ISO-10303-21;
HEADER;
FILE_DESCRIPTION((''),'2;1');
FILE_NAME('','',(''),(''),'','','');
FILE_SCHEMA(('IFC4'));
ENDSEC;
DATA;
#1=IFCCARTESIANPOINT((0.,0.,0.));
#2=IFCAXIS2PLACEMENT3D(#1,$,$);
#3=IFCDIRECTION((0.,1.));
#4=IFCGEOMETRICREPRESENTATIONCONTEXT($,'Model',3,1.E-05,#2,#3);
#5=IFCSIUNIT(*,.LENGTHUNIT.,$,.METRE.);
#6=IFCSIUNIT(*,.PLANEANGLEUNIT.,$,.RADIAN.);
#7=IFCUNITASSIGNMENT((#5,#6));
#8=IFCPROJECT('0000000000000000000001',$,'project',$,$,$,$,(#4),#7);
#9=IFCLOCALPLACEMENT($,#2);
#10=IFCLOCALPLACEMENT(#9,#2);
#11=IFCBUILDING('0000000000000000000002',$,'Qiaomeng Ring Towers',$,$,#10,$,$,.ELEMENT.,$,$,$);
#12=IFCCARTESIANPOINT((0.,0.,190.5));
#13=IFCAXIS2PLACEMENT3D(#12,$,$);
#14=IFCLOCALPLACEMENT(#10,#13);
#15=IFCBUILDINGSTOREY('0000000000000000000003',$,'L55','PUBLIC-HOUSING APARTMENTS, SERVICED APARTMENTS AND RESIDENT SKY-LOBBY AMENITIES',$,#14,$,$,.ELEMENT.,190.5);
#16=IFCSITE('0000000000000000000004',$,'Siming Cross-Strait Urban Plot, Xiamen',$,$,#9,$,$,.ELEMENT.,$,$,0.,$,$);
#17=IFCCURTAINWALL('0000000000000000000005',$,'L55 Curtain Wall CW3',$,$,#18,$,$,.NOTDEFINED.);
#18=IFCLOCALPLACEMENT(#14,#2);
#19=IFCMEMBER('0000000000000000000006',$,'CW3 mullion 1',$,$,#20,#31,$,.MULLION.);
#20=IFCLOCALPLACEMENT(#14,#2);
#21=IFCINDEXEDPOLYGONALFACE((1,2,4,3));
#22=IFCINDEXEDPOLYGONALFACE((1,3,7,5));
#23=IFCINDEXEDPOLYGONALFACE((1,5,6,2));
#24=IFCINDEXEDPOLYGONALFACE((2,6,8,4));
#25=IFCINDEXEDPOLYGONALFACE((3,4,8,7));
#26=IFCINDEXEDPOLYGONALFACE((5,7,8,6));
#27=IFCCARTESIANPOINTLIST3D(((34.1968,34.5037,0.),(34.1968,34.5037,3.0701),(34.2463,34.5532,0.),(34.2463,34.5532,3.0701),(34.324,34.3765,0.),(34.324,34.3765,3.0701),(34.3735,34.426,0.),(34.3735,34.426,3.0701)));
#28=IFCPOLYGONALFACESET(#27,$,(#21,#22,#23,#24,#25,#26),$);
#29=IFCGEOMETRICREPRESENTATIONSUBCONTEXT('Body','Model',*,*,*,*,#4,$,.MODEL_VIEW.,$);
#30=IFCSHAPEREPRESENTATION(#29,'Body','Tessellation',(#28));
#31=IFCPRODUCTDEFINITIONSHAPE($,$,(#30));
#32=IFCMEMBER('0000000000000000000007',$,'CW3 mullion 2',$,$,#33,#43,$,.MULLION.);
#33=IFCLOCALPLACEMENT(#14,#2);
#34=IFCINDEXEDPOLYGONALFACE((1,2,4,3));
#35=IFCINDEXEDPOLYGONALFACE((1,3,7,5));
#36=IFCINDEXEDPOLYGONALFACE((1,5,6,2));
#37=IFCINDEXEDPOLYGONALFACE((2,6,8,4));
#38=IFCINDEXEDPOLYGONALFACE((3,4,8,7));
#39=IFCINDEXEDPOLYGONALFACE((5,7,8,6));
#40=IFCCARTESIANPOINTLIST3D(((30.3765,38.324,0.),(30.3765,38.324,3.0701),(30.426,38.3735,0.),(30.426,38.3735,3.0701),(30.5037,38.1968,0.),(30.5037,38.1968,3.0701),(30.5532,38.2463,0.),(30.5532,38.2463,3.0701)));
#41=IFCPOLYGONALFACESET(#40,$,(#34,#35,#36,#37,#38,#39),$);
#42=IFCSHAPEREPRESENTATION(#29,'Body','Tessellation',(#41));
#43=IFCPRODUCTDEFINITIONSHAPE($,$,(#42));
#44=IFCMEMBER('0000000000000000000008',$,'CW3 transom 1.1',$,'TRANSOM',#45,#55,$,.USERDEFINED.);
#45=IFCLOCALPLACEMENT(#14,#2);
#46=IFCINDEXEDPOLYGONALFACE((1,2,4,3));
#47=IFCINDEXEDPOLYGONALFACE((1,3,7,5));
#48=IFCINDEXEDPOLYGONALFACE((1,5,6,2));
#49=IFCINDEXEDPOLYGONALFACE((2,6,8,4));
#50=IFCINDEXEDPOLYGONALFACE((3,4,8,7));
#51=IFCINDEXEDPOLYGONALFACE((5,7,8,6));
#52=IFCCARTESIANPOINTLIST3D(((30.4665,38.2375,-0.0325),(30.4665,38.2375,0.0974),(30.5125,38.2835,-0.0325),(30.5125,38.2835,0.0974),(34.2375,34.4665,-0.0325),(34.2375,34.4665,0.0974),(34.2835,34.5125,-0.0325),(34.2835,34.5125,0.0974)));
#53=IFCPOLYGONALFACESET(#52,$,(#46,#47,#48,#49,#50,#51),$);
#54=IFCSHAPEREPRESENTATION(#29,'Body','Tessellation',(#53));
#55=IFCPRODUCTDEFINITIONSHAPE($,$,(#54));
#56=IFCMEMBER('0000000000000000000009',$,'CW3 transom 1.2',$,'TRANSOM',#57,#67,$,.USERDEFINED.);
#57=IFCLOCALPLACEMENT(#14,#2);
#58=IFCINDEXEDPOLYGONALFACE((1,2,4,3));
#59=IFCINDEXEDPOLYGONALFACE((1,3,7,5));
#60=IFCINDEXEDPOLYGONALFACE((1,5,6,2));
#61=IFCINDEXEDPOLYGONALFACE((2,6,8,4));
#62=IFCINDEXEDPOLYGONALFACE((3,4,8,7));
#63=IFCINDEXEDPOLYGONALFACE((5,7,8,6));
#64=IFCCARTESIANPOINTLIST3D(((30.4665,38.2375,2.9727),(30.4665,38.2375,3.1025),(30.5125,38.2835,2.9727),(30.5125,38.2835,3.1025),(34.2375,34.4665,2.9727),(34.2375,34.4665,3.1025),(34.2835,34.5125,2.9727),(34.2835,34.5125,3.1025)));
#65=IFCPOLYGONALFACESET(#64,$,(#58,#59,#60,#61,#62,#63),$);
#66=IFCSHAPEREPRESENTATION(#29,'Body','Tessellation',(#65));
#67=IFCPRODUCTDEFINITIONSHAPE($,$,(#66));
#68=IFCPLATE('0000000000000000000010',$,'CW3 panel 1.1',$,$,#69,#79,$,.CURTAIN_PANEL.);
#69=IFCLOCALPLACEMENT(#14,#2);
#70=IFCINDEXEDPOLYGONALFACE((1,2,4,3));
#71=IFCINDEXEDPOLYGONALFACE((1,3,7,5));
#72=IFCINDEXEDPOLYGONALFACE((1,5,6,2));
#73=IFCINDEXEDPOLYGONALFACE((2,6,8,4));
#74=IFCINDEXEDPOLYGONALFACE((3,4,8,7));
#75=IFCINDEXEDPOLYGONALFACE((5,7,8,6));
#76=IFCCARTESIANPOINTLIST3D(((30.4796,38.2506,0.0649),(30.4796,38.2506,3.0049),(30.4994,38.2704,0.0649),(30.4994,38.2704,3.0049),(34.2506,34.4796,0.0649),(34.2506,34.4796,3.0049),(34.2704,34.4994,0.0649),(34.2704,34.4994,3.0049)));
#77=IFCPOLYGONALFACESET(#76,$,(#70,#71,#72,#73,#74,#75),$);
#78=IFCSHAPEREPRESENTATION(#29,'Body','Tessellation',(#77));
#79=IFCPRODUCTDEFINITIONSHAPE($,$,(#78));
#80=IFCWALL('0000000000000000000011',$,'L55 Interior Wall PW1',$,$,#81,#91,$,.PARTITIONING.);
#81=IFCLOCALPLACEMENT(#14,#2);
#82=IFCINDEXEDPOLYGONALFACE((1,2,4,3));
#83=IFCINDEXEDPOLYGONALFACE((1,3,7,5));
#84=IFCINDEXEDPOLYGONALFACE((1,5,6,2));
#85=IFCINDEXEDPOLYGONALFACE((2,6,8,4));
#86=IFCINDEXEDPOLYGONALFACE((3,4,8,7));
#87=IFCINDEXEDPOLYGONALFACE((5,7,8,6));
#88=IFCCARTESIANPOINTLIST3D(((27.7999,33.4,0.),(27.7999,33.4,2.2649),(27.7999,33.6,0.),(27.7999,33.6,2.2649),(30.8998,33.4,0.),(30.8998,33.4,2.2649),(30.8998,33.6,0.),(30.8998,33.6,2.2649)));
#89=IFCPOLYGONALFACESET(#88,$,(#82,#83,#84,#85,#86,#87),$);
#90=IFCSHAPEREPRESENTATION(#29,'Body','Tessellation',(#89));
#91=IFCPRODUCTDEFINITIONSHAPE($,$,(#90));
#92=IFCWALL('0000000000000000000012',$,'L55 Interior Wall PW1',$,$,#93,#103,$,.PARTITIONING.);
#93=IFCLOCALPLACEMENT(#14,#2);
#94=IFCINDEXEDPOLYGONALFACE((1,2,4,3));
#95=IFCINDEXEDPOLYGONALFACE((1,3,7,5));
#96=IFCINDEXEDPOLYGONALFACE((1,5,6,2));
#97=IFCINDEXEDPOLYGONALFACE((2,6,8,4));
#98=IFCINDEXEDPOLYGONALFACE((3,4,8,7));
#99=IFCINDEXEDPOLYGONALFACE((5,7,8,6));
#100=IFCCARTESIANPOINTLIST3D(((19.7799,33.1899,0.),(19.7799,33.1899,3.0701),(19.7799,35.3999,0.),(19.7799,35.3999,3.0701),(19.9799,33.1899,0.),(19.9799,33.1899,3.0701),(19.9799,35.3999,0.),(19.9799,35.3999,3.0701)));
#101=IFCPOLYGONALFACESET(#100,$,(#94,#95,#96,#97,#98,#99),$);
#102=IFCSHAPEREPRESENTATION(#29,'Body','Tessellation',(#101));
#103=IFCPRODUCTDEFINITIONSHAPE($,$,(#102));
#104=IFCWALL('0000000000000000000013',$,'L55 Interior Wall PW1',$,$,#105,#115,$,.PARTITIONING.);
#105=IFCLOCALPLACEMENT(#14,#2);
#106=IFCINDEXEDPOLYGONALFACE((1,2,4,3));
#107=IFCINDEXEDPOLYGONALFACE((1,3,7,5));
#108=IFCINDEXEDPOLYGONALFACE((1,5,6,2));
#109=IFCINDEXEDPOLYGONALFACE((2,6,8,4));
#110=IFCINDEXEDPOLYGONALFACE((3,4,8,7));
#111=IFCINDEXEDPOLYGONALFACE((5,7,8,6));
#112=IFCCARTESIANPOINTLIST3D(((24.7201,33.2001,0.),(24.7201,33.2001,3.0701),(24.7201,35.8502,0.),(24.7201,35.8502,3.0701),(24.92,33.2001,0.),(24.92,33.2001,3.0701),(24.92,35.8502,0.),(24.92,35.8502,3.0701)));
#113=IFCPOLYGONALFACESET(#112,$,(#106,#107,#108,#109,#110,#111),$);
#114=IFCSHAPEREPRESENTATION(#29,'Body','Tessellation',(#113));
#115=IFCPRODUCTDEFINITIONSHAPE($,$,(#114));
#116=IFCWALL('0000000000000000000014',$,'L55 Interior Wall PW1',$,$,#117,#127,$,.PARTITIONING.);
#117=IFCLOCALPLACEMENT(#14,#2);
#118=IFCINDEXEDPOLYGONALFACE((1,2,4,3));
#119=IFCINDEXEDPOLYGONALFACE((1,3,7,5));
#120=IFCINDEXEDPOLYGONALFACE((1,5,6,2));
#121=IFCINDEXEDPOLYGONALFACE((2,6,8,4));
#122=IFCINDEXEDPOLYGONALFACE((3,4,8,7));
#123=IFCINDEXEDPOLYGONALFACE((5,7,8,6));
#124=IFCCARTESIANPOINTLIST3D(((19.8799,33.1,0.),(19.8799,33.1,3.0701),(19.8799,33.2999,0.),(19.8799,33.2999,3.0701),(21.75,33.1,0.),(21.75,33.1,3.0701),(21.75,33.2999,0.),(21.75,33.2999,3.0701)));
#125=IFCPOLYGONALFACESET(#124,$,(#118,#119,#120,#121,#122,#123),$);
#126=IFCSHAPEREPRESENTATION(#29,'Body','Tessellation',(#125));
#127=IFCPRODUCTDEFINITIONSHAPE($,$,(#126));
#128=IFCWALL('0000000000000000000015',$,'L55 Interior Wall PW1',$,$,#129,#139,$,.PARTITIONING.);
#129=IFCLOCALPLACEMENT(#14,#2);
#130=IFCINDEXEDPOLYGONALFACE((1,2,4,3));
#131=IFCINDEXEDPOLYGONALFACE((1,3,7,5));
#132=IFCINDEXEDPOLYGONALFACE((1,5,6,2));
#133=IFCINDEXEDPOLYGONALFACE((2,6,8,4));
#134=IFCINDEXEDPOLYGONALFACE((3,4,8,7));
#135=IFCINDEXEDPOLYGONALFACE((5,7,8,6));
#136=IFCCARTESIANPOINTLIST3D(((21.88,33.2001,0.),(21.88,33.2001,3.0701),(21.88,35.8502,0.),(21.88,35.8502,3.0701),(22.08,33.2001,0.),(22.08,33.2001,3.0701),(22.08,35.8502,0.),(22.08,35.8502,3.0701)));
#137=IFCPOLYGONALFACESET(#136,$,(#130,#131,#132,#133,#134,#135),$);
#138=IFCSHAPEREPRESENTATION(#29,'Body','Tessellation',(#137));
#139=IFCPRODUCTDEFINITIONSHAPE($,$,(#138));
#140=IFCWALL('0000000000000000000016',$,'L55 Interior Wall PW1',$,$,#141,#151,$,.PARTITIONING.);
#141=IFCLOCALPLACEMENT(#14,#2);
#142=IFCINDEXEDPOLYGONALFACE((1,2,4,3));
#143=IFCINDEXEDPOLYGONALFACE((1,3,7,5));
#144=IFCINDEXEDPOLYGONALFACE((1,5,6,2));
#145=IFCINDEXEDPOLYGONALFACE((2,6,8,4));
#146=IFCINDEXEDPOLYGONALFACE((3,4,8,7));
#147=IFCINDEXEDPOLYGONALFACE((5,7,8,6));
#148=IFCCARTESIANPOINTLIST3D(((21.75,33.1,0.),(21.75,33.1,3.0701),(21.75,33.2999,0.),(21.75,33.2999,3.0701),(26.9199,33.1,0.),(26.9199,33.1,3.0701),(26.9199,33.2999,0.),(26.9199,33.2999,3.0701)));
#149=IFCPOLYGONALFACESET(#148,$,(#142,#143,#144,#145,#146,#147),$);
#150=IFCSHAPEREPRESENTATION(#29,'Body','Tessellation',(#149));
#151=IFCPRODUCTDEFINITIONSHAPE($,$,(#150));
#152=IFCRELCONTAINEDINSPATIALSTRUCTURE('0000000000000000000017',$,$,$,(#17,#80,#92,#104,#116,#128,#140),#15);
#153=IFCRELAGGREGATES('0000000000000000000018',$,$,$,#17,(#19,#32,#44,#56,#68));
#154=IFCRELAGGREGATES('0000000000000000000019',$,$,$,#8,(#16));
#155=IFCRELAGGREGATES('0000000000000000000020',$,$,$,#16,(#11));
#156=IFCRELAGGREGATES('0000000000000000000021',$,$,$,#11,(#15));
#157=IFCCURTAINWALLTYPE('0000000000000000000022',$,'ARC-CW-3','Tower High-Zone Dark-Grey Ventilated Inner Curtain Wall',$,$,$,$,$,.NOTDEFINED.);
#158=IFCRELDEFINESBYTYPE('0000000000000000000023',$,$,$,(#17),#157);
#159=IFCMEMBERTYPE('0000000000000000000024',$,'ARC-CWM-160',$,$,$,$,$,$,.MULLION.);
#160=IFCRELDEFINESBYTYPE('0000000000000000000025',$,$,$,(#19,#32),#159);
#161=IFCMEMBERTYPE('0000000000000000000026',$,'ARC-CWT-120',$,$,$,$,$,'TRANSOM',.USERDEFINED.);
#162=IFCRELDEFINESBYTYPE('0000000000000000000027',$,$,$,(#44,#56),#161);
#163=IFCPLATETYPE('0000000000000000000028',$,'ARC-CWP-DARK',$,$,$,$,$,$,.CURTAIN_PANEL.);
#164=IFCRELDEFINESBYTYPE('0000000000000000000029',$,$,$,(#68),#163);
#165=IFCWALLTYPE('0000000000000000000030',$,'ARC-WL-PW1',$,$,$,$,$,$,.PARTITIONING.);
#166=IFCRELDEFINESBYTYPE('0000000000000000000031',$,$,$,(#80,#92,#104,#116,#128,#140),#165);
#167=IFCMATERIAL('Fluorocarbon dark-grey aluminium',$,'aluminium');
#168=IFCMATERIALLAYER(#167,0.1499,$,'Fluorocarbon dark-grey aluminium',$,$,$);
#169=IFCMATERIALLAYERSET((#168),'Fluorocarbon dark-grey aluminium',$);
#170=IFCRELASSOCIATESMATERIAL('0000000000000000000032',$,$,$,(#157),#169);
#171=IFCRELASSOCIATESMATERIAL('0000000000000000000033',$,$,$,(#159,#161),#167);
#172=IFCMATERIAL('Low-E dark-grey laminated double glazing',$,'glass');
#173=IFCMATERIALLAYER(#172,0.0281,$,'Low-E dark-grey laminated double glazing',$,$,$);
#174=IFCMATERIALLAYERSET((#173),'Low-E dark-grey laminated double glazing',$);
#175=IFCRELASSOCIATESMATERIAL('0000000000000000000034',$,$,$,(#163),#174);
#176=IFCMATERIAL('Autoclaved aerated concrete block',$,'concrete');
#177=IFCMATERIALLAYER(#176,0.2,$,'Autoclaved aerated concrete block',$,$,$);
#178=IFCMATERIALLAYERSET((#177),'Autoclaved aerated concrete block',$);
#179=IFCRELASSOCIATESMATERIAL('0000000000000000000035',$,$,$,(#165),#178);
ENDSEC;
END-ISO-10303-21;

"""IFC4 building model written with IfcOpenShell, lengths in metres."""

from ifc_helpers import new_model, si_unit, direction, frame, frame_2d, origin, origin_2d, place, context, subcontext, project, spatial, rectangle, extrude, source, transform, mapped, material, layer, layer_set, material_profile, profile_set, type_object, element, aggregate, save


model = new_model("IFC4")

# Units and contexts
model_context = context("Model", 3, precision=1e-05, world=origin(), true_north=direction((0.0, 1.0)))
body_context = subcontext(model_context, "Body", "Model", "MODEL_VIEW")
ifc_project = project(units=[si_unit("LENGTHUNIT", "METRE"), si_unit("PLANEANGLEUNIT", "RADIAN")], contexts=[model_context])

# Site, building, storey
site_placement = place(None, origin())
site = spatial("IfcSite", under=ifc_project, at=site_placement, Name="Siming Cross-Strait Urban Plot, Xiamen", CompositionType="ELEMENT", RefElevation=0.0)
building_placement = place(site_placement, origin())
building = spatial("IfcBuilding", under=site, at=building_placement, Name="Qiaomeng Ring Towers", CompositionType="ELEMENT")
storey_placement = place(building_placement, frame((0.0, 0.0, 190.5)))
storey = spatial("IfcBuildingStorey", under=building, at=storey_placement, Name="L55", Description="PUBLIC-HOUSING APARTMENTS, SERVICED APARTMENTS AND RESIDENT SKY-LOBBY AMENITIES", CompositionType="ELEMENT", Elevation=190.5)

# Curtain wall, members, plate
ifc_material_1 = material(Name="Fluorocarbon dark-grey aluminium", Category="aluminium")
ifc_layer_1 = layer(ifc_material_1, 0.1499, Name="Fluorocarbon dark-grey aluminium")
ifc_layer_set_1 = layer_set([ifc_layer_1], Name="Fluorocarbon dark-grey aluminium")
curtain_wall_type = type_object("IfcCurtainWallType", Name="ARC-CW-3", Description="Tower High-Zone Dark-Grey Ventilated Inner Curtain Wall", PredefinedType="NOTDEFINED", material=ifc_layer_set_1)
curtain_wall_placement = place(storey_placement, origin())
curtain_wall = element("IfcCurtainWall", 1, at=curtain_wall_placement, inside=storey, type_object=curtain_wall_type, Name="L55 Curtain Wall CW3", PredefinedType="NOTDEFINED")
ifc_material_profile_1 = material_profile(ifc_material_1, rectangle(XDim=0.0701, YDim=0.1799, at=origin_2d()), Name="ALU MULL 70x180")
ifc_profile_set_1 = profile_set([ifc_material_profile_1], Name="Fluorocarbon dark-grey aluminium")
member_type_1 = type_object("IfcMemberType", Name="ARC-CWM-160", PredefinedType="MULLION", material=ifc_profile_set_1)
shared_shape_1 = source(origin(), body_context, "Body", "SweptSolid", [
    extrude(rectangle(XDim=0.0701, YDim=0.1799, at=origin_2d()), origin(), (0.0, 0.0, 1.0), 3.0701),
])
member_1_placement = place(storey_placement, frame((34.2852, 34.4648, 0.0), z_axis=(0.0, 0.0, 1.0), x_axis=(-0.707107, -0.707107, 0.0)))
member_1 = element("IfcMember", 2, at=member_1_placement, type_object=member_type_1, Name="CW3 mullion 1", PredefinedType="MULLION", context=body_context, shape_type="MappedRepresentation", body=[
    mapped(shared_shape_1, transform((0.0, 0.0, 0.0), x_axis=(1.0, 0.0, 0.0), y_axis=(0.0, 1.0, 0.0), z_axis=(0.0, 0.0, 1.0), scale=1.0)),
])
member_2_placement = place(storey_placement, frame((30.4648, 38.2852, 0.0), z_axis=(0.0, 0.0, 1.0), x_axis=(-0.707107, -0.707107, 0.0)))
member_2 = element("IfcMember", 3, at=member_2_placement, type_object=member_type_1, Name="CW3 mullion 2", PredefinedType="MULLION", context=body_context, shape_type="MappedRepresentation", body=[
    mapped(shared_shape_1, transform((0.0, 0.0, 0.0), x_axis=(1.0, 0.0, 0.0), y_axis=(0.0, 1.0, 0.0), z_axis=(0.0, 0.0, 1.0), scale=1.0)),
])
ifc_material_profile_2 = material_profile(ifc_material_1, rectangle(XDim=0.0649, YDim=0.1299, at=origin_2d()), Name="ALU TRAN 65x130")
ifc_profile_set_2 = profile_set([ifc_material_profile_2], Name="Fluorocarbon dark-grey aluminium")
member_type_2 = type_object("IfcMemberType", Name="ARC-CWT-120", ElementType="TRANSOM", PredefinedType="USERDEFINED", material=ifc_profile_set_2)
shared_shape_2 = source(origin(), body_context, "Body", "SweptSolid", [
    extrude(rectangle(XDim=0.0649, YDim=0.1299, at=origin_2d()), origin(), (0.0, 0.0, 1.0), 5.333),
])
member_3_placement = place(storey_placement, frame((34.2605, 34.4895, 0.0325), z_axis=(-0.707107, 0.707107, 0.0), x_axis=(-0.707107, -0.707107, 0.0)))
member_3 = element("IfcMember", 4, at=member_3_placement, type_object=member_type_2, Name="CW3 transom 1.1", ObjectType="TRANSOM", PredefinedType="USERDEFINED", context=body_context, shape_type="MappedRepresentation", body=[
    mapped(shared_shape_2, transform((0.0, 0.0, 0.0), x_axis=(1.0, 0.0, 0.0), y_axis=(0.0, 1.0, 0.0), z_axis=(0.0, 0.0, 1.0), scale=1.0)),
])
member_4_placement = place(storey_placement, frame((34.2605, 34.4895, 3.0376), z_axis=(-0.707107, 0.707107, 0.0), x_axis=(-0.707107, -0.707107, 0.0)))
member_4 = element("IfcMember", 5, at=member_4_placement, type_object=member_type_2, Name="CW3 transom 1.2", ObjectType="TRANSOM", PredefinedType="USERDEFINED", context=body_context, shape_type="MappedRepresentation", body=[
    mapped(shared_shape_2, transform((0.0, 0.0, 0.0), x_axis=(1.0, 0.0, 0.0), y_axis=(0.0, 1.0, 0.0), z_axis=(0.0, 0.0, 1.0), scale=1.0)),
])
ifc_material_2 = material(Name="Low-E dark-grey laminated double glazing", Category="glass")
ifc_layer_2 = layer(ifc_material_2, 0.0281, Name="Low-E dark-grey laminated double glazing")
ifc_layer_set_2 = layer_set([ifc_layer_2], Name="Low-E dark-grey laminated double glazing")
plate_type = type_object("IfcPlateType", Name="ARC-CWP-DARK", PredefinedType="CURTAIN_PANEL", material=ifc_layer_set_2)
shared_shape_3 = source(origin(), body_context, "Body", "SweptSolid", [
    extrude(rectangle(XDim=5.333, YDim=0.0281, at=origin_2d()), origin(), (0.0, 0.0, 1.0), 2.9399),
])
plate_placement = place(storey_placement, frame((32.375, 36.375, 0.0649), z_axis=(0.0, 0.0, 1.0), x_axis=(-0.707107, 0.707107, 0.0)))
plate = element("IfcPlate", 6, at=plate_placement, type_object=plate_type, Name="CW3 panel 1.1", PredefinedType="CURTAIN_PANEL", context=body_context, shape_type="MappedRepresentation", body=[
    mapped(shared_shape_3, transform((0.0, 0.0, 0.0), x_axis=(1.0, 0.0, 0.0), y_axis=(0.0, 1.0, 0.0), z_axis=(0.0, 0.0, 1.0), scale=1.0)),
])
aggregate(curtain_wall, [member_1, member_2, member_3, member_4, plate])

# Walls
ifc_material_3 = material(Name="Autoclaved aerated concrete block", Category="concrete")
ifc_layer_3 = layer(ifc_material_3, 0.2, Name="Autoclaved aerated concrete block")
ifc_layer_set_3 = layer_set([ifc_layer_3], Name="Autoclaved aerated concrete block")
wall_type_1 = type_object("IfcWallType", Name="ARC-WL-PW1", PredefinedType="PARTITIONING", material=ifc_layer_set_3)
wall_1_placement = place(storey_placement, frame((27.8, 33.5, 0.0), z_axis=(0.0, 0.0, 1.0), x_axis=(1.0, 0.0, 0.0)))
element("IfcWall", 7, at=wall_1_placement, inside=storey, type_object=wall_type_1, Name="L55 Interior Wall PW1", PredefinedType="PARTITIONING", context=body_context, shape_type="SweptSolid", body=[
    extrude(rectangle(XDim=3.0999, YDim=0.2, at=frame_2d((1.5498, 0.0))), origin(), (0.0, 0.0, 1.0), 2.2649),
])
wall_2_placement = place(storey_placement, frame((19.8799, 33.1899, 0.0), z_axis=(0.0, 0.0, 1.0), x_axis=(0.0, 1.0, 0.0)))
element("IfcWall", 8, at=wall_2_placement, inside=storey, type_object=wall_type_1, Name="L55 Interior Wall PW1", PredefinedType="PARTITIONING", context=body_context, shape_type="SweptSolid", body=[
    extrude(rectangle(XDim=2.21, YDim=0.2, at=frame_2d((1.105, 0.0))), origin(), (0.0, 0.0, 1.0), 3.0701),
])
wall_3_placement = place(storey_placement, frame((24.8201, 33.2, 0.0), z_axis=(0.0, 0.0, 1.0), x_axis=(0.0, 1.0, 0.0)))
element("IfcWall", 9, at=wall_3_placement, inside=storey, type_object=wall_type_1, Name="L55 Interior Wall PW1", PredefinedType="PARTITIONING", context=body_context, shape_type="SweptSolid", body=[
    extrude(rectangle(XDim=2.6501, YDim=0.2, at=frame_2d((1.3252, 0.0))), origin(), (0.0, 0.0, 1.0), 3.0701),
])
wall_4_placement = place(storey_placement, frame((19.8799, 33.2, 0.0), z_axis=(0.0, 0.0, 1.0), x_axis=(1.0, 0.0, 0.0)))
element("IfcWall", 10, at=wall_4_placement, inside=storey, type_object=wall_type_1, Name="L55 Interior Wall PW1", PredefinedType="PARTITIONING", context=body_context, shape_type="SweptSolid", body=[
    extrude(rectangle(XDim=1.8701, YDim=0.2, at=frame_2d((0.9351, 0.0))), origin(), (0.0, 0.0, 1.0), 3.0701),
])
wall_5_placement = place(storey_placement, frame((21.98, 33.2, 0.0), z_axis=(0.0, 0.0, 1.0), x_axis=(0.0, 1.0, 0.0)))
element("IfcWall", 11, at=wall_5_placement, inside=storey, type_object=wall_type_1, Name="L55 Interior Wall PW1", PredefinedType="PARTITIONING", context=body_context, shape_type="SweptSolid", body=[
    extrude(rectangle(XDim=2.6501, YDim=0.2, at=frame_2d((1.3252, 0.0))), origin(), (0.0, 0.0, 1.0), 3.0701),
])
wall_6_placement = place(storey_placement, frame((21.75, 33.2, 0.0), z_axis=(0.0, 0.0, 1.0), x_axis=(1.0, 0.0, 0.0)))
element("IfcWall", 12, at=wall_6_placement, inside=storey, type_object=wall_type_1, Name="L55 Interior Wall PW1", PredefinedType="PARTITIONING", context=body_context, shape_type="SweptSolid", body=[
    extrude(rectangle(XDim=5.1699, YDim=0.2, at=frame_2d((2.585, 0.0))), origin(), (0.0, 0.0, 1.0), 3.0701),
])

save(model, "model.ifc")
